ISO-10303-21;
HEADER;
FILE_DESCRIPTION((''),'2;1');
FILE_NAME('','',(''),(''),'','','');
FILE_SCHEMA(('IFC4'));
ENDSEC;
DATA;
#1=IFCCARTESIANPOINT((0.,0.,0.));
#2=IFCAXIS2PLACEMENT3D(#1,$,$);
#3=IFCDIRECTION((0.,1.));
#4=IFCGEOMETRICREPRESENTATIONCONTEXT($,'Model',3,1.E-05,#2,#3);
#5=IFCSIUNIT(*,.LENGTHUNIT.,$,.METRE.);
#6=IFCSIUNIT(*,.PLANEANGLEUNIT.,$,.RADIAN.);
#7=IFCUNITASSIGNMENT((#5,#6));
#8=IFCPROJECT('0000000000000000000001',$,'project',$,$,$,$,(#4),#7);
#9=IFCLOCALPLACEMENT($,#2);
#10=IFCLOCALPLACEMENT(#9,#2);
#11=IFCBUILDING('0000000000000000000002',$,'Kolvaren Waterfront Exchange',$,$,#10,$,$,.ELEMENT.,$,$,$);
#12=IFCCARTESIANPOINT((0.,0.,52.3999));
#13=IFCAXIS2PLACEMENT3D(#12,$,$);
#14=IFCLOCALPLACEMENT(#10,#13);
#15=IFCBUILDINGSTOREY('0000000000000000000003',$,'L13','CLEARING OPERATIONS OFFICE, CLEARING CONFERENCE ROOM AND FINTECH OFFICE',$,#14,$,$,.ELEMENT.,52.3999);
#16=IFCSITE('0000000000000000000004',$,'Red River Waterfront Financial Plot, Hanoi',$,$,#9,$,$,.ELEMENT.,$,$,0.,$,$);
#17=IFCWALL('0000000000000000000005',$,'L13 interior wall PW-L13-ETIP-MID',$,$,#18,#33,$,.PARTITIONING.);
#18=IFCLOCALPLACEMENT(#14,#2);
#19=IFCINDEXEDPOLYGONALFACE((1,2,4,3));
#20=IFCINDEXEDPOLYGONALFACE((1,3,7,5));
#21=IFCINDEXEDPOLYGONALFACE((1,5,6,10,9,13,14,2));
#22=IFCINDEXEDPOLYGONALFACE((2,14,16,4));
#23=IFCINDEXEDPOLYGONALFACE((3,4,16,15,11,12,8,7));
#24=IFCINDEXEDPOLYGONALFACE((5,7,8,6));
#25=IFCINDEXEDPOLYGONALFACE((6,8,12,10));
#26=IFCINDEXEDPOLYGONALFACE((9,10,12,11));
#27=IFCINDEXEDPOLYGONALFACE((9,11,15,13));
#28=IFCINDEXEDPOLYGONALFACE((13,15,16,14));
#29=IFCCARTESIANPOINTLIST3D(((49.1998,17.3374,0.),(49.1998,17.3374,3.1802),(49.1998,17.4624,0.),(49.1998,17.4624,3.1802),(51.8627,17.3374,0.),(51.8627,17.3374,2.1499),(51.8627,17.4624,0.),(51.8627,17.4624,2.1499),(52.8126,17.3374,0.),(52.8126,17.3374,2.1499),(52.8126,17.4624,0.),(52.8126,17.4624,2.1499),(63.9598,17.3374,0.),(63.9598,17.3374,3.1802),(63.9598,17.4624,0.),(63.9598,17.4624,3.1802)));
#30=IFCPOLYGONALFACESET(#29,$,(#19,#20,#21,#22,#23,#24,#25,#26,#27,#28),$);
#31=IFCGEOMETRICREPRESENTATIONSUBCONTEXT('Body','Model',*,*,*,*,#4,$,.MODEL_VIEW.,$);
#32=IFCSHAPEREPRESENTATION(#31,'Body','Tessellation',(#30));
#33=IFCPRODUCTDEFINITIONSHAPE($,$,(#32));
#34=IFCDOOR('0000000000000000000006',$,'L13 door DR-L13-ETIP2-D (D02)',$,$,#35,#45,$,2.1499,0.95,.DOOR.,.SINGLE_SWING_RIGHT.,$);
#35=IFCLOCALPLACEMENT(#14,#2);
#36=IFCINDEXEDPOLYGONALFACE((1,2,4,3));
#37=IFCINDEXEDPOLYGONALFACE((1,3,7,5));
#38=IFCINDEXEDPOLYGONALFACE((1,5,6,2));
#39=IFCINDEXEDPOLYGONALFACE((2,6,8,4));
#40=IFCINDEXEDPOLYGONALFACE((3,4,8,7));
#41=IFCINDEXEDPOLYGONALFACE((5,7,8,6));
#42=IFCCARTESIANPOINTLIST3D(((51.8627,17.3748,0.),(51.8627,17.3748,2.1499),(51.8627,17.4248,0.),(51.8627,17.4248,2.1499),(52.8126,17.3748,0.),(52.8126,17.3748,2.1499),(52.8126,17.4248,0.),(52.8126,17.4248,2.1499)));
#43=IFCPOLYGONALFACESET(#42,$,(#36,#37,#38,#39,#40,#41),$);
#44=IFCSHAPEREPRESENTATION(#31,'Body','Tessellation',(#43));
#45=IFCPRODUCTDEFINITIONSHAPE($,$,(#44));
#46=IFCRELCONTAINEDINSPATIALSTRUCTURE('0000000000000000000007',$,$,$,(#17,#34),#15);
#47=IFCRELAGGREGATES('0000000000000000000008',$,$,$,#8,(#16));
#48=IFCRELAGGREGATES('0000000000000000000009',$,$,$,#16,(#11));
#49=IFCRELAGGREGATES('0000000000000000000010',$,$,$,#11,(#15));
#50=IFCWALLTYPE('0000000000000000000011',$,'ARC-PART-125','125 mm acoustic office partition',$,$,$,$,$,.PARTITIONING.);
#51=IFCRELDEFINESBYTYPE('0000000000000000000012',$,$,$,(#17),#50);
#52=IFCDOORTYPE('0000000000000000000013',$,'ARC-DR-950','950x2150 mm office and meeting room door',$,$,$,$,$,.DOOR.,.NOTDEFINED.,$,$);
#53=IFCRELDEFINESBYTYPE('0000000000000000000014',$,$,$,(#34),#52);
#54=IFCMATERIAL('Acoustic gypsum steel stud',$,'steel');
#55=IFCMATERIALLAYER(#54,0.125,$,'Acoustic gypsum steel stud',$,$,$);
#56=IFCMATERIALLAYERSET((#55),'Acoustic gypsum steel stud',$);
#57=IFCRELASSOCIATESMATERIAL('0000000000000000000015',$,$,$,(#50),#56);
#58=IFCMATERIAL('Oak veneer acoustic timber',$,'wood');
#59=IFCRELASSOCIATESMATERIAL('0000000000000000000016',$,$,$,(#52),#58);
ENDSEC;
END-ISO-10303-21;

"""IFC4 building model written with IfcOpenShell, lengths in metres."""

from ifc_helpers import new_model, si_unit, direction, frame, frame_2d, origin, place, context, subcontext, project, spatial, rectangle, extrude, material, layer, layer_set, type_object, element, fill, save


model = new_model("IFC4")

# Units and contexts
model_context = context("Model", 3, precision=1e-05, world=origin(), true_north=direction((0.0, 1.0)))
body_context = subcontext(model_context, "Body", "Model", "MODEL_VIEW")
ifc_project = project(units=[si_unit("LENGTHUNIT", "METRE"), si_unit("PLANEANGLEUNIT", "RADIAN")], contexts=[model_context])

# Site, building, storey
site_placement = place(None, origin())
site = spatial("IfcSite", under=ifc_project, at=site_placement, Name="Red River Waterfront Financial Plot, Hanoi", CompositionType="ELEMENT", RefElevation=0.0)
building_placement = place(site_placement, origin())
building = spatial("IfcBuilding", under=site, at=building_placement, Name="Kolvaren Waterfront Exchange", CompositionType="ELEMENT")
storey_placement = place(building_placement, frame((0.0, 0.0, 52.3999)))
storey = spatial("IfcBuildingStorey", under=building, at=storey_placement, Name="L13", Description="CLEARING OPERATIONS OFFICE, CLEARING CONFERENCE ROOM AND FINTECH OFFICE", CompositionType="ELEMENT", Elevation=52.3999)

# Wall, opening, door
ifc_material_1 = material(Name="Acoustic gypsum steel stud", Category="steel")
ifc_layer_1 = layer(ifc_material_1, 0.125, Name="Acoustic gypsum steel stud")
ifc_layer_set_1 = layer_set([ifc_layer_1], Name="Acoustic gypsum steel stud")
wall_type_1 = type_object("IfcWallType", Name="ARC-PART-125", Description="125 mm acoustic office partition", PredefinedType="PARTITIONING", material=ifc_layer_set_1)
wall_1_placement = place(storey_placement, frame((49.2, 17.3999, 0.0), z_axis=(0.0, 0.0, 1.0), x_axis=(1.0, 0.0, 0.0)))
wall_1 = element("IfcWall", 1, at=wall_1_placement, inside=storey, type_object=wall_type_1, Name="L13 interior wall PW-L13-ETIP-MID", PredefinedType="PARTITIONING", context=body_context, shape_type="SweptSolid", body=[
    extrude(rectangle(XDim=14.76, YDim=0.125, at=frame_2d((7.3799, 0.0))), origin(), (0.0, 0.0, 1.0), 3.1802),
])
opening_placement = place(wall_1_placement, frame((2.6626, 0.0, 0.0)))
opening = element("IfcOpeningElement", 2, at=opening_placement, cuts=wall_1, PredefinedType="OPENING", context=body_context, shape_type="SweptSolid", body=[
    extrude(rectangle(XDim=0.95, YDim=2.1499, at=frame_2d((0.4751, 1.075))), frame((0.0, 0.0725, 0.0), z_axis=(0.0, -1.0, 0.0), x_axis=(1.0, 0.0, 0.0)), (0.0, 0.0, 1.0), 0.145),
])
ifc_material_2 = material(Name="Oak veneer acoustic timber", Category="wood")
door_type = type_object("IfcDoorType", Name="ARC-DR-950", Description="950x2150 mm office and meeting room door", OperationType="NOTDEFINED", PredefinedType="DOOR", material=ifc_material_2)
door_placement = place(opening_placement, origin())
door = element("IfcDoor", 3, at=door_placement, inside=storey, type_object=door_type, Name="L13 door DR-L13-ETIP2-D (D02)", OperationType="SINGLE_SWING_RIGHT", OverallHeight=2.1499, OverallWidth=0.95, PredefinedType="DOOR", context=body_context, shape_type="SweptSolid", body=[
    extrude(rectangle(XDim=0.95, YDim=2.1499, at=frame_2d((0.4751, 1.075))), frame((0.0, 0.0249, 0.0), z_axis=(0.0, -1.0, 0.0), x_axis=(1.0, 0.0, 0.0)), (0.0, 0.0, 1.0), 0.05),
])
fill(opening, door)

save(model, "model.ifc")
